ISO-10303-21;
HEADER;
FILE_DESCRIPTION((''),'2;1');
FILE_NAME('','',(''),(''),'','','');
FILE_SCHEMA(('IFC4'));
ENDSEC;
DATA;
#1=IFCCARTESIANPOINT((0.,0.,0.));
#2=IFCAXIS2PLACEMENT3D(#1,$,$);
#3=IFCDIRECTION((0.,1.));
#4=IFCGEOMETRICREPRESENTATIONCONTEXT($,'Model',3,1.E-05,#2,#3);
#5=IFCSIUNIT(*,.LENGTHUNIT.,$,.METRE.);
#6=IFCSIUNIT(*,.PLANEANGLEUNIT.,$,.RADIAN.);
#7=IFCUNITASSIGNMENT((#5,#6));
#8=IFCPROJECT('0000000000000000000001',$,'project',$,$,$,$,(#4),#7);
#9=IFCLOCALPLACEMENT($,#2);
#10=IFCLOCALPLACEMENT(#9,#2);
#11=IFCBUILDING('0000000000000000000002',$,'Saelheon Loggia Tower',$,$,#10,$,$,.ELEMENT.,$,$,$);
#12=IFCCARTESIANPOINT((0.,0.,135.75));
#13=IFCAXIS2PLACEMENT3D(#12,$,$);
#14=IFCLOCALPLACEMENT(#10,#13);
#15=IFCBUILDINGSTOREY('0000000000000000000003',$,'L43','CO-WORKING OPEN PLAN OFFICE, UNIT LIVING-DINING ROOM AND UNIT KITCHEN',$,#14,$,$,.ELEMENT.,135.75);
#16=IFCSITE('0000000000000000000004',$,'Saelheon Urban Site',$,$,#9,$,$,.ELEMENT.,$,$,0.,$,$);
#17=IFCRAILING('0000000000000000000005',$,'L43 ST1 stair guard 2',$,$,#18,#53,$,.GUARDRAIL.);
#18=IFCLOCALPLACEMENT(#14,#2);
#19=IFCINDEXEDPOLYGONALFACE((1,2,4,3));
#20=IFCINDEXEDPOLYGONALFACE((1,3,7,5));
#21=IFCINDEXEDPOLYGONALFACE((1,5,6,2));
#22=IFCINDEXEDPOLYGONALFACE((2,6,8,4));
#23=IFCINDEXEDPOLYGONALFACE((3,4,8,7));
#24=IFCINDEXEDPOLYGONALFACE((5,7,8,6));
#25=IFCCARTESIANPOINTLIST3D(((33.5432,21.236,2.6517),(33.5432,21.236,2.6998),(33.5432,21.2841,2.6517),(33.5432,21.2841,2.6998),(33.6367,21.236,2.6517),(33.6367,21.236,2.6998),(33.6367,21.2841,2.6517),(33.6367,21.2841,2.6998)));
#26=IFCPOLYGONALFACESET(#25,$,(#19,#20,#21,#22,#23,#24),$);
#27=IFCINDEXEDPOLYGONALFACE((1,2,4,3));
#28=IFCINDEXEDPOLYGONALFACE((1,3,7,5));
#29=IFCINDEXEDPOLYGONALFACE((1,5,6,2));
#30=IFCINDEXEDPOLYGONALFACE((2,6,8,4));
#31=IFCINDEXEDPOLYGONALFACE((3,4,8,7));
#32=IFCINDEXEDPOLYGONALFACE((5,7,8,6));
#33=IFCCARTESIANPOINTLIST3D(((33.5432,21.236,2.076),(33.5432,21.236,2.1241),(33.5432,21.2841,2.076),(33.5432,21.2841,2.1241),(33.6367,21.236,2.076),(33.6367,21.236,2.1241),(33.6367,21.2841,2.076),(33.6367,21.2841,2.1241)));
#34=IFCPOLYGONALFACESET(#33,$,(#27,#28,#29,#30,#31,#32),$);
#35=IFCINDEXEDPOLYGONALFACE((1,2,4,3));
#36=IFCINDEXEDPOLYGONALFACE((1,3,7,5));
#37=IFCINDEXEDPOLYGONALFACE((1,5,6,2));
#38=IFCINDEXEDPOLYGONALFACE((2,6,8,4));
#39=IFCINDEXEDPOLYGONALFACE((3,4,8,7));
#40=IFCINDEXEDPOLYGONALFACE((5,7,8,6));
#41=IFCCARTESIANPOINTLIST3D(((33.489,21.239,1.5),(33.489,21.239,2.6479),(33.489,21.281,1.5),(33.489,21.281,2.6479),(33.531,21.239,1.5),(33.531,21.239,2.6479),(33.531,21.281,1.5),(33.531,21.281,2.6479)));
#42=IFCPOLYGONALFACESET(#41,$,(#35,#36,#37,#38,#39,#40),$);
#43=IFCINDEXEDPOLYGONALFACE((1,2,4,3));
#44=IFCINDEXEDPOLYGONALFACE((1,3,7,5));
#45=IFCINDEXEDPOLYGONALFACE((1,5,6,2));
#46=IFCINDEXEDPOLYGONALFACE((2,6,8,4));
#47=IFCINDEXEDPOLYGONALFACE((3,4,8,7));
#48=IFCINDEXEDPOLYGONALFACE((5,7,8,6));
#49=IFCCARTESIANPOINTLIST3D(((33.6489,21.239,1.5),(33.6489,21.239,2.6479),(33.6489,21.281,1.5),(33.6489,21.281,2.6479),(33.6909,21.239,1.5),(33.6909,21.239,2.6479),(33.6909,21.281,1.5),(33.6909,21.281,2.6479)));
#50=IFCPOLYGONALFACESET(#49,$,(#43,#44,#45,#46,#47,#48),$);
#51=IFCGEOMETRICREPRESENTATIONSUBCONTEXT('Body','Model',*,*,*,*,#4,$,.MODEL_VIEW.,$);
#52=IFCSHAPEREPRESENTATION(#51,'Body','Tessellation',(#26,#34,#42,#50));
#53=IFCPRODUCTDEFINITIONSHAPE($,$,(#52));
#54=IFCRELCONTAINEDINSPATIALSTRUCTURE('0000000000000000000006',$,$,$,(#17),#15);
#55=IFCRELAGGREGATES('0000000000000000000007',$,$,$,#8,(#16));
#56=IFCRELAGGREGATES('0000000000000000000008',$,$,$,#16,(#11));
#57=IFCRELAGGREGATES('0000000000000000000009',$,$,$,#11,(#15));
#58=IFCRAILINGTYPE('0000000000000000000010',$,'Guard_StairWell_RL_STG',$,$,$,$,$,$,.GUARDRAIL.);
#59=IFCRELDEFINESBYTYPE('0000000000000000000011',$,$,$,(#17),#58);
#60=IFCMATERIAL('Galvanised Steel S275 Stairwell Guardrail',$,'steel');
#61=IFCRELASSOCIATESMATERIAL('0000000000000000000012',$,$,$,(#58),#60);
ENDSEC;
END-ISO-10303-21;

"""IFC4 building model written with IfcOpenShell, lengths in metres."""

from ifc_helpers import new_model, si_unit, direction, frame, origin, origin_2d, place, context, subcontext, project, spatial, rectangle, extrude, material, type_object, element, save


model = new_model("IFC4")

# Units and contexts
model_context = context("Model", 3, precision=1e-05, world=origin(), true_north=direction((0.0, 1.0)))
body_context = subcontext(model_context, "Body", "Model", "MODEL_VIEW")
ifc_project = project(units=[si_unit("LENGTHUNIT", "METRE"), si_unit("PLANEANGLEUNIT", "RADIAN")], contexts=[model_context])

# Site, building, storey
site_placement = place(None, origin())
site = spatial("IfcSite", under=ifc_project, at=site_placement, Name="Saelheon Urban Site", CompositionType="ELEMENT", RefElevation=0.0)
building_placement = place(site_placement, origin())
building = spatial("IfcBuilding", under=site, at=building_placement, Name="Saelheon Loggia Tower", CompositionType="ELEMENT")
storey_placement = place(building_placement, frame((0.0, 0.0, 135.75)))
storey = spatial("IfcBuildingStorey", under=building, at=storey_placement, Name="L43", Description="CO-WORKING OPEN PLAN OFFICE, UNIT LIVING-DINING ROOM AND UNIT KITCHEN", CompositionType="ELEMENT", Elevation=135.75)

# Railing
ifc_material_1 = material(Name="Galvanised Steel S275 Stairwell Guardrail", Category="steel")
railing_type = type_object("IfcRailingType", Name="Guard_StairWell_RL_STG", PredefinedType="GUARDRAIL", material=ifc_material_1)
railing_placement = place(storey_placement, frame((33.51, 21.26, 1.5)))
element("IfcRailing", 1, at=railing_placement, inside=storey, type_object=railing_type, Name="L43 ST1 stair guard 2", PredefinedType="GUARDRAIL", context=body_context, shape_type="SweptSolid", body=[
    extrude(rectangle(XDim=0.0481, YDim=0.0481, at=origin_2d()), frame((0.0332, 0.0, 1.1758), z_axis=(1.0, 0.0, 0.0), x_axis=(0.0, 1.0, 0.0)), (0.0, 0.0, 1.0), 0.0935),
    extrude(rectangle(XDim=0.0481, YDim=0.0481, at=origin_2d()), frame((0.0332, 0.0, 0.6001), z_axis=(1.0, 0.0, 0.0), x_axis=(0.0, 1.0, 0.0)), (0.0, 0.0, 1.0), 0.0935),
    extrude(rectangle(XDim=0.042, YDim=0.042, at=origin_2d()), origin(), (0.0, 0.0, 1.0), 1.1479),
    extrude(rectangle(XDim=0.042, YDim=0.042, at=origin_2d()), frame((0.1599, 0.0, 0.0)), (0.0, 0.0, 1.0), 1.1479),
])

save(model, "model.ifc")
